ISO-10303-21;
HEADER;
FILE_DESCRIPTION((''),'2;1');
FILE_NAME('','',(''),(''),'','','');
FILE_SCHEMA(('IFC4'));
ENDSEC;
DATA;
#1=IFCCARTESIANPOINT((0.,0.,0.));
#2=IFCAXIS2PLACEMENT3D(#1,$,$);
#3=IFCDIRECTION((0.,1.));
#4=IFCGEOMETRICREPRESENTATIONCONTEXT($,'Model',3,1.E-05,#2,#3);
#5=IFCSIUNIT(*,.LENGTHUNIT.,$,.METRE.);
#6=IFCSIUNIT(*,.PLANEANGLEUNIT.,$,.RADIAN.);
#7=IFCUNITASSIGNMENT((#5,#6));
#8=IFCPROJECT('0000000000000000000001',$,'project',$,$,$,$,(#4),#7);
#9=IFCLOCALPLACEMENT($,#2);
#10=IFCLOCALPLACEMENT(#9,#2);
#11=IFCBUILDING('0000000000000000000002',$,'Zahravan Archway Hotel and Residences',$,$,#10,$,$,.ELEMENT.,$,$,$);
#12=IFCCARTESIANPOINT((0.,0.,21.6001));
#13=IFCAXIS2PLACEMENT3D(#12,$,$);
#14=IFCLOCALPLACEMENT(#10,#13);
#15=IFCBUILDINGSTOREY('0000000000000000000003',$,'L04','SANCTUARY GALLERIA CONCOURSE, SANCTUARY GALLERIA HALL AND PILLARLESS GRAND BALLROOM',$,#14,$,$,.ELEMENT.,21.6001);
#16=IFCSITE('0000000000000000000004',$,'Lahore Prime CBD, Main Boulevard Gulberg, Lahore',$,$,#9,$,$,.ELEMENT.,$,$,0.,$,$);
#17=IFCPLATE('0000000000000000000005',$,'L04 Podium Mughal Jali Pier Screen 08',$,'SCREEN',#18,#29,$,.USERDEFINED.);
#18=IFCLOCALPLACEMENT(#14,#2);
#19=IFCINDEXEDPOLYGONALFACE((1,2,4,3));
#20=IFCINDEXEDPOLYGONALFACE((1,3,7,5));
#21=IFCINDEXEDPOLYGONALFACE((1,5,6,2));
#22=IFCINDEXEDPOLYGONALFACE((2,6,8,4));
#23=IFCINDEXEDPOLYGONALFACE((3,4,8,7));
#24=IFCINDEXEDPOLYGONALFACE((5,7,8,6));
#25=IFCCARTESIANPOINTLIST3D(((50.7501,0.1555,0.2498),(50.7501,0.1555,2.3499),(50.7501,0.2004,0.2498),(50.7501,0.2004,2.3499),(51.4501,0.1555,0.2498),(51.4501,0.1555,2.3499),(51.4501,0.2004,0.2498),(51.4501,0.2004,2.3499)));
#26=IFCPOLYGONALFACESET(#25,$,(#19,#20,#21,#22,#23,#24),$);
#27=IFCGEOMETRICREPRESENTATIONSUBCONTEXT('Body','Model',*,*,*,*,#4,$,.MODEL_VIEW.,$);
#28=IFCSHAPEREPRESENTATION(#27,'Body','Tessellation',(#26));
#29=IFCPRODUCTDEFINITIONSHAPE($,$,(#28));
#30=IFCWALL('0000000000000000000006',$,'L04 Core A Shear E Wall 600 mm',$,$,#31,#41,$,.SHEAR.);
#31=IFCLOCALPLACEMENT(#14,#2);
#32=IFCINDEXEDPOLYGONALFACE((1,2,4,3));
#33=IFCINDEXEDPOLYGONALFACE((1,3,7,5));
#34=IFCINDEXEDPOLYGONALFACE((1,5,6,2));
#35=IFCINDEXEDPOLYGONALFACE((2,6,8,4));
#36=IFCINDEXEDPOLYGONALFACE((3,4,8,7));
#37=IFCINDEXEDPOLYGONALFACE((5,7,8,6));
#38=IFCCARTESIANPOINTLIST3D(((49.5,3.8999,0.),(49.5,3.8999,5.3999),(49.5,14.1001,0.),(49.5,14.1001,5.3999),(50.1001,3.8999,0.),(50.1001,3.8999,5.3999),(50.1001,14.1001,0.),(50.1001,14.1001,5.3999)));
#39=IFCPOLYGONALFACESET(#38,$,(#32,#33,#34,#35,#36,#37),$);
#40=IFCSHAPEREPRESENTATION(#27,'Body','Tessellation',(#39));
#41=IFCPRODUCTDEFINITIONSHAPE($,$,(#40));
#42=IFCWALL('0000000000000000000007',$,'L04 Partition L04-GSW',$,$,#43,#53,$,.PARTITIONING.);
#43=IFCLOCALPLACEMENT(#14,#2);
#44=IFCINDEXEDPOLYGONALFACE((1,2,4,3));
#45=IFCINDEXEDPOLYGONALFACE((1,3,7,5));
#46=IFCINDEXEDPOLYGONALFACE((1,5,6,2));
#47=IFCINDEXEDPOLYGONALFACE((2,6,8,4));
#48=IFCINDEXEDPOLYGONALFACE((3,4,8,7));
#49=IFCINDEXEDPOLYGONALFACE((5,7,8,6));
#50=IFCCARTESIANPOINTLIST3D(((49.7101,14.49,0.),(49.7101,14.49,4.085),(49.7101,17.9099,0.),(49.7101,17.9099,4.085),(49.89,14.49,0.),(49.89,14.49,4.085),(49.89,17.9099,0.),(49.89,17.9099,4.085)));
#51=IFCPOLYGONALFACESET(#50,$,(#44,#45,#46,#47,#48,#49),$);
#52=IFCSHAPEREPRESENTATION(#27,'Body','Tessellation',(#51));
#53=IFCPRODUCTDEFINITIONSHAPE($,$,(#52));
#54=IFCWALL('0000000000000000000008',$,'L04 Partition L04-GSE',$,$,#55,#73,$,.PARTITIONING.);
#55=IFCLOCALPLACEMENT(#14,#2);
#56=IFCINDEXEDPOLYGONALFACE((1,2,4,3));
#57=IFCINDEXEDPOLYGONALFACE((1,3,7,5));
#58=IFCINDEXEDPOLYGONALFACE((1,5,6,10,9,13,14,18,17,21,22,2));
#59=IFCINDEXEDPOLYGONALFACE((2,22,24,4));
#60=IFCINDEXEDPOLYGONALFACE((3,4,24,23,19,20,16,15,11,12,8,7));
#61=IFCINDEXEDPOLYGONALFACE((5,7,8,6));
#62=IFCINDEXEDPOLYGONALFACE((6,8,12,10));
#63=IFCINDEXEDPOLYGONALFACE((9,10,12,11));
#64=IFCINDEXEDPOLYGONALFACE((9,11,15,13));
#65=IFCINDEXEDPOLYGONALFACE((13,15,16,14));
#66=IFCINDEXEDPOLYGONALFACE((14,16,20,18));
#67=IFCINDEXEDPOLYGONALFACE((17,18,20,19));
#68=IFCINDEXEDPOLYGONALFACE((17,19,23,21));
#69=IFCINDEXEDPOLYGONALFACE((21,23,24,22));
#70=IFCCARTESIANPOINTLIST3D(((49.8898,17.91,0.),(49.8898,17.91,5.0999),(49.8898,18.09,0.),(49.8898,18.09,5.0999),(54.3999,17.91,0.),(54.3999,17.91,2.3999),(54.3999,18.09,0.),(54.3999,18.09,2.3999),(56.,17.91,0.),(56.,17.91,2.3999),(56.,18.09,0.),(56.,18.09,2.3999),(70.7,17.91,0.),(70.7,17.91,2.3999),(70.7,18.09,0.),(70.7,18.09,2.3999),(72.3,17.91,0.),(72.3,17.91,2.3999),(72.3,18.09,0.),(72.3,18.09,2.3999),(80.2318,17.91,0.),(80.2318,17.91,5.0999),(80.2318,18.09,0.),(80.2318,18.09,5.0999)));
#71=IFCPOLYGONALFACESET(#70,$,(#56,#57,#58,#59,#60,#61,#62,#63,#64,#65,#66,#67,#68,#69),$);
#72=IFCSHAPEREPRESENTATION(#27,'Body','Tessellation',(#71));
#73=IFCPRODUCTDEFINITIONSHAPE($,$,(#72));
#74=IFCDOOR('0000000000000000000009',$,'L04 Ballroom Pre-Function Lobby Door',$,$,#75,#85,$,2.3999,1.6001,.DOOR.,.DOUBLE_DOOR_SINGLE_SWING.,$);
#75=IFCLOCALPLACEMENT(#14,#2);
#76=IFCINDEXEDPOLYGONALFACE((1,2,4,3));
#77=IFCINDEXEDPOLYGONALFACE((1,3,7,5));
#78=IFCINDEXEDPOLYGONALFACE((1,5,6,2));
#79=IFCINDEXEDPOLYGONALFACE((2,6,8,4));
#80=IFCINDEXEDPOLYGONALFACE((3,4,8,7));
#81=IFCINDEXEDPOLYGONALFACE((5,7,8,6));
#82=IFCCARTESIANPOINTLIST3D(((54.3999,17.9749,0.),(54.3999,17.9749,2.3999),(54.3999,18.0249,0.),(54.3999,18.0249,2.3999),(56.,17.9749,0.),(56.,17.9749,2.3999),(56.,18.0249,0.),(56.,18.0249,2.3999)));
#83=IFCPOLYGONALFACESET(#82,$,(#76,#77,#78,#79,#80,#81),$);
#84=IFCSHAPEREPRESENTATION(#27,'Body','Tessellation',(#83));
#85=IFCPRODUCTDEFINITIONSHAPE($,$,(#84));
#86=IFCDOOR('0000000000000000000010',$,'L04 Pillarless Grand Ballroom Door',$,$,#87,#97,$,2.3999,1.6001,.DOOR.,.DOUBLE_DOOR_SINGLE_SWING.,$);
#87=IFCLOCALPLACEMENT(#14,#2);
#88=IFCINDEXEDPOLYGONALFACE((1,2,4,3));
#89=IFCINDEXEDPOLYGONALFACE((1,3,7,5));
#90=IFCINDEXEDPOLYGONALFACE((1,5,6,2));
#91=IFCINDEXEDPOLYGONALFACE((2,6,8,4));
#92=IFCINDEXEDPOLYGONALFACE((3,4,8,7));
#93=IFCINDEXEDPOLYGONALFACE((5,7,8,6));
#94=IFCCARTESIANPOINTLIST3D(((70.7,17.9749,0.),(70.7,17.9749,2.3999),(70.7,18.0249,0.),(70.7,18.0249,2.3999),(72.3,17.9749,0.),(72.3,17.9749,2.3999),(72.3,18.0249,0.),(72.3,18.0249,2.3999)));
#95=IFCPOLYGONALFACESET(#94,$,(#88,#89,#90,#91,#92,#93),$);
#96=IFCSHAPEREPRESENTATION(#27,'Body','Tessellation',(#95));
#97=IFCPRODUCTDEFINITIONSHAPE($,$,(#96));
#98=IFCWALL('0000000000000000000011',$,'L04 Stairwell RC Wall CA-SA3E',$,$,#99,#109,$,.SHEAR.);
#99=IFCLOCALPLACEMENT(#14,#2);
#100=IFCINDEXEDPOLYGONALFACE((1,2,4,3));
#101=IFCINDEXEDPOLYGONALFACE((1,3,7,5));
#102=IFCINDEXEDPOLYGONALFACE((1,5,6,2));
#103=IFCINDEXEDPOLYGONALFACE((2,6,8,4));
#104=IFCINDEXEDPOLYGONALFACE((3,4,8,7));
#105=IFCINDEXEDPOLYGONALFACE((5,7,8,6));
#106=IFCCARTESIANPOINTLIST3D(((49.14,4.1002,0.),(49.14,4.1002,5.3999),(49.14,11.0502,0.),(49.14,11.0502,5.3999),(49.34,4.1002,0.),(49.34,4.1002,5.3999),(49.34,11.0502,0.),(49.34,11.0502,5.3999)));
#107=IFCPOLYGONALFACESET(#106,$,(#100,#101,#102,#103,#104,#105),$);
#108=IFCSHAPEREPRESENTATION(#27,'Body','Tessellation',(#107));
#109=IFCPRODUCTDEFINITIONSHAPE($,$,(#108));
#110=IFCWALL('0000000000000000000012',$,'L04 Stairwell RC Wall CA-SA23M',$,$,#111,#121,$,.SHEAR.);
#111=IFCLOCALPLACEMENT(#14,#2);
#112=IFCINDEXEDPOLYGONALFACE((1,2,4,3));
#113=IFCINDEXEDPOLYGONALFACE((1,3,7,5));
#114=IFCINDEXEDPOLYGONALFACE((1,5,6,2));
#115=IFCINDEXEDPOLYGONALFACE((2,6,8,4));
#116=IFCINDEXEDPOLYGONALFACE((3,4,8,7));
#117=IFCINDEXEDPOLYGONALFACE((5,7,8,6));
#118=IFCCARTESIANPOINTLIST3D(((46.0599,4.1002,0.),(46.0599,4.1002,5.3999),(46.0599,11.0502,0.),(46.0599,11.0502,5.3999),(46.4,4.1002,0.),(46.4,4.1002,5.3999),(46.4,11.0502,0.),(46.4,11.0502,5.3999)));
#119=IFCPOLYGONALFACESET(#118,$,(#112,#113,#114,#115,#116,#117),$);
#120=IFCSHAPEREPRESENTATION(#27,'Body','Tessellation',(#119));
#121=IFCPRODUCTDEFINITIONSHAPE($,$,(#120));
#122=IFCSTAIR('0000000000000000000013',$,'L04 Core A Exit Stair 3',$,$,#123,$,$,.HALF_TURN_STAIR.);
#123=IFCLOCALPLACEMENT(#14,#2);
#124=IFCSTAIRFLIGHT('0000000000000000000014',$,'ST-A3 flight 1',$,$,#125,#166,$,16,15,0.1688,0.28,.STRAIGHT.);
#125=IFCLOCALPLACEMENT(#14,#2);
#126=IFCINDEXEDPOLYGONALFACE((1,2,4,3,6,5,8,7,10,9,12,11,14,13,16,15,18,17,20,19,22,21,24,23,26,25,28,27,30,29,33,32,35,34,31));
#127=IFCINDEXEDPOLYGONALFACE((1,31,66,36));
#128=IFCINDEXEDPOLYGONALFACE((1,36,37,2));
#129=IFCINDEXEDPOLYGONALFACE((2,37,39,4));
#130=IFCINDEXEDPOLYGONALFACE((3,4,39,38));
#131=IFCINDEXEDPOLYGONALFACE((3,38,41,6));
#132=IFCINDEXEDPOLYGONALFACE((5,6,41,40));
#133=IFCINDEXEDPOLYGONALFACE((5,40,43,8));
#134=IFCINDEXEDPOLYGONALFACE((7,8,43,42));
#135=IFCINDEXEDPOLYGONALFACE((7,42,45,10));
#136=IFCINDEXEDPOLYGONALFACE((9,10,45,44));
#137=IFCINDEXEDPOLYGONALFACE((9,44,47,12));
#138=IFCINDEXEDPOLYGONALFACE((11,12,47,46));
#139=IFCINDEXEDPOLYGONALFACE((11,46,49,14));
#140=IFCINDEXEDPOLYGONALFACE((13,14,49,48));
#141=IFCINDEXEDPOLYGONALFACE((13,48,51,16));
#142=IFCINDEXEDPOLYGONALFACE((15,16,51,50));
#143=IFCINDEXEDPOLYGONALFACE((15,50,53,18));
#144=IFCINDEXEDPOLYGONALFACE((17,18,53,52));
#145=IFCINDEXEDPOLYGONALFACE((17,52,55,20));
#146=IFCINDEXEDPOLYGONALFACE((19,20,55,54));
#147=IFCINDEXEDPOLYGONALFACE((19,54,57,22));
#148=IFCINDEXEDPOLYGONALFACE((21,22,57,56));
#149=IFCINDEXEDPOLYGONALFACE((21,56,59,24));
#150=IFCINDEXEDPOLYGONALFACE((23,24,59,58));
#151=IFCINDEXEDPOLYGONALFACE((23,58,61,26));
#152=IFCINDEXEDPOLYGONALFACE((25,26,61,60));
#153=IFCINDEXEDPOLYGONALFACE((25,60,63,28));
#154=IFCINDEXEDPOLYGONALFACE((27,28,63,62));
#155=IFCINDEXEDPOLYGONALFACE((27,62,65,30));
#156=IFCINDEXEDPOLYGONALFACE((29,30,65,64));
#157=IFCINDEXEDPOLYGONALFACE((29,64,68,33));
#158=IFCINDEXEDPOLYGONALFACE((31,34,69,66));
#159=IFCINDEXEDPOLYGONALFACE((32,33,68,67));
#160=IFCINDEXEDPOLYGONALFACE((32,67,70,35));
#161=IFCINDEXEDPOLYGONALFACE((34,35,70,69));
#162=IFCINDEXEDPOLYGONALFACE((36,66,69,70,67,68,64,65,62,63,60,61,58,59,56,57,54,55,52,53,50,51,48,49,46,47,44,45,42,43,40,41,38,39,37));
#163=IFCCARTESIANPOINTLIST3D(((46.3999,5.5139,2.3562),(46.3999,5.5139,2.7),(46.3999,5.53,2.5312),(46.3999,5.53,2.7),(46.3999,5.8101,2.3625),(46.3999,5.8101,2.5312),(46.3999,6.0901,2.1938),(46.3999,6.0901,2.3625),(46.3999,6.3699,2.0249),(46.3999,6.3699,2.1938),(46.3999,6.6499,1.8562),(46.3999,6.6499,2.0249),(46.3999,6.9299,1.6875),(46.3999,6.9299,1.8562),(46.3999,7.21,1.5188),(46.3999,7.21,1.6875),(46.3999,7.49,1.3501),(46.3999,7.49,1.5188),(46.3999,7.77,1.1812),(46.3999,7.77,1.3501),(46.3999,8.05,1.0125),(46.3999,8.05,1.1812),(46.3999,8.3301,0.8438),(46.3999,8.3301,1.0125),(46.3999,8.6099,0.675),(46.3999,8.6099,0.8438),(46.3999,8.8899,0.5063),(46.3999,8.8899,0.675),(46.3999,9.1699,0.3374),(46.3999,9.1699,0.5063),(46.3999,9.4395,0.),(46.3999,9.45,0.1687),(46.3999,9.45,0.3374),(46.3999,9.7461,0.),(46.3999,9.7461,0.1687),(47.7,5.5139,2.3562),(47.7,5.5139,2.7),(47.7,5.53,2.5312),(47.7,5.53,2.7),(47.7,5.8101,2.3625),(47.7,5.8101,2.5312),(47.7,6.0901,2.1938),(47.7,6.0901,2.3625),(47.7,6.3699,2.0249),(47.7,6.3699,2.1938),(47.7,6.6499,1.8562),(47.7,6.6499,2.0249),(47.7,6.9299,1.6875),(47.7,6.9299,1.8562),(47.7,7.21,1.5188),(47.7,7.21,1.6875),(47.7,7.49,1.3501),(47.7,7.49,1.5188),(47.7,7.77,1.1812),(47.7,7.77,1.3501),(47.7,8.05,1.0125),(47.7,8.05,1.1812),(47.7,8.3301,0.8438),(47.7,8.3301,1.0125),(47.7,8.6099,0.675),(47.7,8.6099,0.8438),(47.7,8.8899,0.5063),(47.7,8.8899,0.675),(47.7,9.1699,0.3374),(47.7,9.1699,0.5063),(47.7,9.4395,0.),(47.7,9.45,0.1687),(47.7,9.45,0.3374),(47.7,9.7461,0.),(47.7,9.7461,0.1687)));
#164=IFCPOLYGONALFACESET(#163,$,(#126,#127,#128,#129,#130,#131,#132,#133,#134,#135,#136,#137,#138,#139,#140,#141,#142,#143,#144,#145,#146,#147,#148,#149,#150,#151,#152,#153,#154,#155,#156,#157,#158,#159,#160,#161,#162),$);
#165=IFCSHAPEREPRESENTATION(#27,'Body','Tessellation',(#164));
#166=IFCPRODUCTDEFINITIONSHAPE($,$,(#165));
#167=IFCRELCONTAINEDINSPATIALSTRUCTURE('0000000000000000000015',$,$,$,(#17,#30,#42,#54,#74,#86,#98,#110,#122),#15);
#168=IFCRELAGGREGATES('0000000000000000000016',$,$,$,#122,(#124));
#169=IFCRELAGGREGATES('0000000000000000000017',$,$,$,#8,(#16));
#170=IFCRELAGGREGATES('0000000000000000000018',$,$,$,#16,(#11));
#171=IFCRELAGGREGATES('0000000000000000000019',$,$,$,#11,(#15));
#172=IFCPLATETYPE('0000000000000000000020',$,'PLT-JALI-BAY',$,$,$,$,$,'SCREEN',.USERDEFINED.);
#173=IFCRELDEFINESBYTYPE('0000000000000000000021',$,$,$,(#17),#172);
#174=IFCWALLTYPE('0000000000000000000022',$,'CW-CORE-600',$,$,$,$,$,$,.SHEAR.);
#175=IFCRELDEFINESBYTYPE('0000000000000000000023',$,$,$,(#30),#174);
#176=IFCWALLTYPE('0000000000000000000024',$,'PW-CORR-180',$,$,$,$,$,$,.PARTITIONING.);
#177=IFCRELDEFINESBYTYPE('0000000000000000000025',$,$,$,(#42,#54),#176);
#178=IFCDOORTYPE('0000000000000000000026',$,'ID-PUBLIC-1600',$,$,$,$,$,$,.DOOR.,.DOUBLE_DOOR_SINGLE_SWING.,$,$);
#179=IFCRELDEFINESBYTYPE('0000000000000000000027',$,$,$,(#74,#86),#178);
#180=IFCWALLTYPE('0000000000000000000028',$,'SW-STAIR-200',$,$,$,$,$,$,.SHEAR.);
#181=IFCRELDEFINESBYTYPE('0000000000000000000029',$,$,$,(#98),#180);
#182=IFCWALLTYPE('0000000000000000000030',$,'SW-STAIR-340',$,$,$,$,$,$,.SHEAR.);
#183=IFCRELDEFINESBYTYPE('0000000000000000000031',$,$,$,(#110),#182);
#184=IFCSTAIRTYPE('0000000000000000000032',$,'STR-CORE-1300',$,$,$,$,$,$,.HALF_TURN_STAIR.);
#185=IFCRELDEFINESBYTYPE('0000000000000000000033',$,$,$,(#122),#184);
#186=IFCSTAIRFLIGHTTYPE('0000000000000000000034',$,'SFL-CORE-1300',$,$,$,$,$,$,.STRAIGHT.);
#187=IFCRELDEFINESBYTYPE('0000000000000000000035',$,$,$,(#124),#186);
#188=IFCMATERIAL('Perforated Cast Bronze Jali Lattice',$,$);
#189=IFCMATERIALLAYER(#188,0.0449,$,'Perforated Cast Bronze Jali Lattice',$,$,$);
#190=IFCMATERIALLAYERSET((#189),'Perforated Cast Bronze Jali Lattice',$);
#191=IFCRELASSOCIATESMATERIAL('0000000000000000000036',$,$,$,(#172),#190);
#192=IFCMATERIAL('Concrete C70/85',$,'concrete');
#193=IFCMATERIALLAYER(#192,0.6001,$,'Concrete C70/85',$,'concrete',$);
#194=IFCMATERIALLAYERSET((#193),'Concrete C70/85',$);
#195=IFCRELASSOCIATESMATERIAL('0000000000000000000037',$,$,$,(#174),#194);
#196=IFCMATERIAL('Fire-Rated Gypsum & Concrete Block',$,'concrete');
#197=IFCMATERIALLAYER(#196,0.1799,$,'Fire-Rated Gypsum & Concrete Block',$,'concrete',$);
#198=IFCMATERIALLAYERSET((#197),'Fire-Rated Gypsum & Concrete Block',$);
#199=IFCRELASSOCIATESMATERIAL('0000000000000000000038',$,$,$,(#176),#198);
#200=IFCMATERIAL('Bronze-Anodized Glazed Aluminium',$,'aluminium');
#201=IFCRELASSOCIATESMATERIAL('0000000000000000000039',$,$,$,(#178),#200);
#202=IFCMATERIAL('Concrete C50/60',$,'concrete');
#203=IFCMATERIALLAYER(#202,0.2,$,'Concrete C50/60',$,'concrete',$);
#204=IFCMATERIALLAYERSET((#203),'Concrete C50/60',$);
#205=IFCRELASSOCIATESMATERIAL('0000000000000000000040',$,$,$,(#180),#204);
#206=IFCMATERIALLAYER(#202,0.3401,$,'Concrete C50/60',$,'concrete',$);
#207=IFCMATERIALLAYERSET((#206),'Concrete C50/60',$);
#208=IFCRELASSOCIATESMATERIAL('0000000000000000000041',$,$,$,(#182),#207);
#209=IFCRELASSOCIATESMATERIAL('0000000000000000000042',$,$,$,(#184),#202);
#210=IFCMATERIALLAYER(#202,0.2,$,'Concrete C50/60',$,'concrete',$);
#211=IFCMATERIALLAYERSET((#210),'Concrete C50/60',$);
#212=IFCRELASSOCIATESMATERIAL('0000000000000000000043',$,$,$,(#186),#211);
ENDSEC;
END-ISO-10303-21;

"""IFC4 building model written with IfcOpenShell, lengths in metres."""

from ifc_helpers import new_model, si_unit, direction, frame, frame_2d, origin, origin_2d, place, context, subcontext, project, spatial, polyline, rectangle, outline, extrude, source, transform, mapped, material, layer, layer_set, type_object, type_shapes, element, fill, aggregate, save


model = new_model("IFC4")

# Units and contexts
model_context = context("Model", 3, precision=1e-05, world=origin(), true_north=direction((0.0, 1.0)))
body_context = subcontext(model_context, "Body", "Model", "MODEL_VIEW")
ifc_project = project(units=[si_unit("LENGTHUNIT", "METRE"), si_unit("PLANEANGLEUNIT", "RADIAN")], contexts=[model_context])

# Site, building, storey
site_placement = place(None, origin())
site = spatial("IfcSite", under=ifc_project, at=site_placement, Name="Lahore Prime CBD, Main Boulevard Gulberg, Lahore", CompositionType="ELEMENT", RefElevation=0.0)
building_placement = place(site_placement, origin())
building = spatial("IfcBuilding", under=site, at=building_placement, Name="Zahravan Archway Hotel and Residences", CompositionType="ELEMENT")
storey_placement = place(building_placement, frame((0.0, 0.0, 21.6001)))
storey = spatial("IfcBuildingStorey", under=building, at=storey_placement, Name="L04", Description="SANCTUARY GALLERIA CONCOURSE, SANCTUARY GALLERIA HALL AND PILLARLESS GRAND BALLROOM", CompositionType="ELEMENT", Elevation=21.6001)

# Shared definitions
ifc_material_1 = material(Name="Concrete C70/85", Category="concrete")

# Plate
ifc_material_2 = material(Name="Perforated Cast Bronze Jali Lattice")
ifc_layer_1 = layer(ifc_material_2, 0.0449, Name="Perforated Cast Bronze Jali Lattice")
ifc_layer_set_1 = layer_set([ifc_layer_1], Name="Perforated Cast Bronze Jali Lattice")
plate_type_1 = type_object("IfcPlateType", Name="PLT-JALI-BAY", ElementType="SCREEN", PredefinedType="USERDEFINED", material=ifc_layer_set_1)
shared_shape_1 = source(origin(), body_context, "Body", "SweptSolid", [
    extrude(rectangle(XDim=0.7, YDim=0.0449, at=origin_2d()), origin(), (0.0, 0.0, 1.0), 2.1001),
])
type_shapes(plate_type_1, [shared_shape_1])
plate_1_placement = place(storey_placement, frame((51.1001, 0.178, 0.2498), z_axis=(0.0, 0.0, 1.0), x_axis=(1.0, 0.0, 0.0)))
element("IfcPlate", 1, at=plate_1_placement, inside=storey, type_object=plate_type_1, Name="L04 Podium Mughal Jali Pier Screen 08", ObjectType="SCREEN", PredefinedType="USERDEFINED", context=body_context, shape_type="MappedRepresentation", body=[
    mapped(shared_shape_1, transform((0.0, 0.0, 0.0), scale=1.0)),
])

# Walls
ifc_layer_2 = layer(ifc_material_1, 0.6001, Name="Concrete C70/85", Category="concrete")
ifc_layer_set_2 = layer_set([ifc_layer_2], Name="Concrete C70/85")
wall_type_1 = type_object("IfcWallType", Name="CW-CORE-600", PredefinedType="SHEAR", material=ifc_layer_set_2)
wall_1_placement = place(storey_placement, frame((49.8, 3.8999, 0.0), z_axis=(0.0, 0.0, 1.0), x_axis=(0.0, 1.0, 0.0)))
element("IfcWall", 2, at=wall_1_placement, inside=storey, type_object=wall_type_1, Name="L04 Core A Shear E Wall 600 mm", PredefinedType="SHEAR", context=body_context, shape_type="SweptSolid", body=[
    extrude(rectangle(XDim=10.2002, YDim=0.6001, at=frame_2d((5.1001, 0.0))), origin(), (0.0, 0.0, 1.0), 5.3999),
])
ifc_material_3 = material(Name="Fire-Rated Gypsum & Concrete Block", Category="concrete")
ifc_layer_3 = layer(ifc_material_3, 0.1799, Name="Fire-Rated Gypsum & Concrete Block", Category="concrete")
ifc_layer_set_3 = layer_set([ifc_layer_3], Name="Fire-Rated Gypsum & Concrete Block")
wall_type_2 = type_object("IfcWallType", Name="PW-CORR-180", PredefinedType="PARTITIONING", material=ifc_layer_set_3)
wall_2_placement = place(storey_placement, frame((49.8, 14.49, 0.0), z_axis=(0.0, 0.0, 1.0), x_axis=(0.0, 1.0, 0.0)))
element("IfcWall", 3, at=wall_2_placement, inside=storey, type_object=wall_type_2, Name="L04 Partition L04-GSW", PredefinedType="PARTITIONING", context=body_context, shape_type="SweptSolid", body=[
    extrude(rectangle(XDim=3.4199, YDim=0.1799, at=frame_2d((1.71, 0.0))), origin(), (0.0, 0.0, 1.0), 4.085),
])

# Wall, openings, doors
wall_3_placement = place(storey_placement, frame((49.8899, 18.0, 0.0), z_axis=(0.0, 0.0, 1.0), x_axis=(1.0, 0.0, 0.0)))
wall_3 = element("IfcWall", 4, at=wall_3_placement, inside=storey, type_object=wall_type_2, Name="L04 Partition L04-GSE", PredefinedType="PARTITIONING", context=body_context, shape_type="SweptSolid", body=[
    extrude(rectangle(XDim=30.342, YDim=0.1799, at=frame_2d((15.1709, 0.0))), origin(), (0.0, 0.0, 1.0), 5.0999),
])
opening_1_placement = place(wall_3_placement, frame((4.51, 0.0, 0.0)))
opening_1 = element("IfcOpeningElement", 5, at=opening_1_placement, cuts=wall_3, PredefinedType="OPENING", context=body_context, shape_type="SweptSolid", body=[
    extrude(rectangle(XDim=1.6001, YDim=2.3999, at=frame_2d((0.8, 1.2))), frame((0.0, 0.1001, 0.0), z_axis=(0.0, -1.0, 0.0), x_axis=(1.0, 0.0, 0.0)), (0.0, 0.0, 1.0), 0.2),
])
opening_2_placement = place(wall_3_placement, frame((20.8101, 0.0, 0.0)))
opening_2 = element("IfcOpeningElement", 6, at=opening_2_placement, cuts=wall_3, PredefinedType="OPENING", context=body_context, shape_type="SweptSolid", body=[
    extrude(rectangle(XDim=1.6001, YDim=2.3999, at=frame_2d((0.8, 1.2))), frame((0.0, 0.1001, 0.0), z_axis=(0.0, -1.0, 0.0), x_axis=(1.0, 0.0, 0.0)), (0.0, 0.0, 1.0), 0.2),
])
ifc_material_4 = material(Name="Bronze-Anodized Glazed Aluminium", Category="aluminium")
door_type = type_object("IfcDoorType", Name="ID-PUBLIC-1600", OperationType="DOUBLE_DOOR_SINGLE_SWING", PredefinedType="DOOR", material=ifc_material_4)
shared_shape_2 = source(origin(), body_context, "Body", "SweptSolid", [
    extrude(rectangle(XDim=1.6001, YDim=2.3999, at=frame_2d((0.8, 1.2))), frame((0.0, 0.0249, 0.0), z_axis=(0.0, -1.0, 0.0), x_axis=(1.0, 0.0, 0.0)), (0.0, 0.0, 1.0), 0.05),
])
type_shapes(door_type, [shared_shape_2])
door_1_placement = place(opening_1_placement, origin())
door_1 = element("IfcDoor", 7, at=door_1_placement, inside=storey, type_object=door_type, Name="L04 Ballroom Pre-Function Lobby Door", OperationType="DOUBLE_DOOR_SINGLE_SWING", OverallHeight=2.3999, OverallWidth=1.6001, PredefinedType="DOOR", context=body_context, shape_type="MappedRepresentation", body=[
    mapped(shared_shape_2, transform((0.0, 0.0, 0.0), scale=1.0)),
])
fill(opening_1, door_1)
door_2_placement = place(opening_2_placement, origin())
door_2 = element("IfcDoor", 8, at=door_2_placement, inside=storey, type_object=door_type, Name="L04 Pillarless Grand Ballroom Door", OperationType="DOUBLE_DOOR_SINGLE_SWING", OverallHeight=2.3999, OverallWidth=1.6001, PredefinedType="DOOR", context=body_context, shape_type="MappedRepresentation", body=[
    mapped(shared_shape_2, transform((0.0, 0.0, 0.0), scale=1.0)),
])
fill(opening_2, door_2)

# Walls
ifc_material_5 = material(Name="Concrete C50/60", Category="concrete")
ifc_layer_4 = layer(ifc_material_5, 0.2, Name="Concrete C50/60", Category="concrete")
ifc_layer_set_4 = layer_set([ifc_layer_4], Name="Concrete C50/60")
wall_type_3 = type_object("IfcWallType", Name="SW-STAIR-200", PredefinedType="SHEAR", material=ifc_layer_set_4)
wall_4_placement = place(storey_placement, frame((49.24, 4.1001, 0.0), z_axis=(0.0, 0.0, 1.0), x_axis=(0.0, 1.0, 0.0)))
element("IfcWall", 9, at=wall_4_placement, inside=storey, type_object=wall_type_3, Name="L04 Stairwell RC Wall CA-SA3E", PredefinedType="SHEAR", context=body_context, shape_type="SweptSolid", body=[
    extrude(rectangle(XDim=6.95, YDim=0.2, at=frame_2d((3.4751, 0.0))), origin(), (0.0, 0.0, 1.0), 5.3999),
])
ifc_layer_5 = layer(ifc_material_5, 0.3401, Name="Concrete C50/60", Category="concrete")
ifc_layer_set_5 = layer_set([ifc_layer_5], Name="Concrete C50/60")
wall_type_4 = type_object("IfcWallType", Name="SW-STAIR-340", PredefinedType="SHEAR", material=ifc_layer_set_5)
wall_5_placement = place(storey_placement, frame((46.23, 4.1001, 0.0), z_axis=(0.0, 0.0, 1.0), x_axis=(0.0, 1.0, 0.0)))
element("IfcWall", 10, at=wall_5_placement, inside=storey, type_object=wall_type_4, Name="L04 Stairwell RC Wall CA-SA23M", PredefinedType="SHEAR", context=body_context, shape_type="SweptSolid", body=[
    extrude(rectangle(XDim=6.95, YDim=0.3401, at=frame_2d((3.4751, 0.0))), origin(), (0.0, 0.0, 1.0), 5.3999),
])

# Stair, stair flight
stair_type = type_object("IfcStairType", Name="STR-CORE-1300", PredefinedType="HALF_TURN_STAIR", material=ifc_material_5)
stair_placement = place(storey_placement, origin())
stair = element("IfcStair", 11, at=stair_placement, inside=storey, type_object=stair_type, Name="L04 Core A Exit Stair 3", PredefinedType="HALF_TURN_STAIR")
ifc_layer_6 = layer(ifc_material_5, 0.2, Name="Concrete C50/60", Category="concrete")
ifc_layer_set_6 = layer_set([ifc_layer_6], Name="Concrete C50/60")
stair_flight_type = type_object("IfcStairFlightType", Name="SFL-CORE-1300", PredefinedType="STRAIGHT", material=ifc_layer_set_6)
shared_shape_3 = source(origin(), body_context, "Body", "SweptSolid", [
    extrude(outline(polyline([(-0.0161, 0.0), (-0.0161, 0.1687), (0.28, 0.1687), (0.28, 0.3374), (0.5601, 0.3374), (0.5601, 0.5063), (0.8401, 0.5063), (0.8401, 0.675), (1.1201, 0.675), (1.1201, 0.8438), (1.3999, 0.8438), (1.3999, 1.0125), (1.6799, 1.0125), (1.6799, 1.1812), (1.96, 1.1812), (1.96, 1.3501), (2.24, 1.3501), (2.24, 1.5188), (2.52, 1.5188), (2.52, 1.6875), (2.8, 1.6875), (2.8, 1.8562), (3.0801, 1.8562), (3.0801, 2.0249), (3.3601, 2.0249), (3.3601, 2.1938), (3.6399, 2.1938), (3.6399, 2.3625), (3.9199, 2.3625), (3.9199, 2.5312), (4.2, 2.5312), (4.2, 2.7), (4.2161, 2.7), (4.2161, 2.3562), (0.2905, 0.0), (-0.0161, 0.0)])), frame((0.0, 0.6499, 0.0), z_axis=(0.0, -1.0, 0.0), x_axis=(1.0, 0.0, 0.0)), (0.0, 0.0, 1.0), 1.3),
])
stair_flight_1_placement = place(storey_placement, frame((47.05, 9.73, 0.0), z_axis=(0.0, 0.0, 1.0), x_axis=(0.0, -1.0, 0.0)))
stair_flight_1 = element("IfcStairFlight", 12, at=stair_flight_1_placement, type_object=stair_flight_type, Name="ST-A3 flight 1", NumberOfRisers=16, NumberOfTreads=15, PredefinedType="STRAIGHT", RiserHeight=0.1688, TreadLength=0.28, context=body_context, shape_type="MappedRepresentation", body=[
    mapped(shared_shape_3, transform((0.0, 0.0, 0.0), scale=1.0)),
])
aggregate(stair, [stair_flight_1])

save(model, "model.ifc")
